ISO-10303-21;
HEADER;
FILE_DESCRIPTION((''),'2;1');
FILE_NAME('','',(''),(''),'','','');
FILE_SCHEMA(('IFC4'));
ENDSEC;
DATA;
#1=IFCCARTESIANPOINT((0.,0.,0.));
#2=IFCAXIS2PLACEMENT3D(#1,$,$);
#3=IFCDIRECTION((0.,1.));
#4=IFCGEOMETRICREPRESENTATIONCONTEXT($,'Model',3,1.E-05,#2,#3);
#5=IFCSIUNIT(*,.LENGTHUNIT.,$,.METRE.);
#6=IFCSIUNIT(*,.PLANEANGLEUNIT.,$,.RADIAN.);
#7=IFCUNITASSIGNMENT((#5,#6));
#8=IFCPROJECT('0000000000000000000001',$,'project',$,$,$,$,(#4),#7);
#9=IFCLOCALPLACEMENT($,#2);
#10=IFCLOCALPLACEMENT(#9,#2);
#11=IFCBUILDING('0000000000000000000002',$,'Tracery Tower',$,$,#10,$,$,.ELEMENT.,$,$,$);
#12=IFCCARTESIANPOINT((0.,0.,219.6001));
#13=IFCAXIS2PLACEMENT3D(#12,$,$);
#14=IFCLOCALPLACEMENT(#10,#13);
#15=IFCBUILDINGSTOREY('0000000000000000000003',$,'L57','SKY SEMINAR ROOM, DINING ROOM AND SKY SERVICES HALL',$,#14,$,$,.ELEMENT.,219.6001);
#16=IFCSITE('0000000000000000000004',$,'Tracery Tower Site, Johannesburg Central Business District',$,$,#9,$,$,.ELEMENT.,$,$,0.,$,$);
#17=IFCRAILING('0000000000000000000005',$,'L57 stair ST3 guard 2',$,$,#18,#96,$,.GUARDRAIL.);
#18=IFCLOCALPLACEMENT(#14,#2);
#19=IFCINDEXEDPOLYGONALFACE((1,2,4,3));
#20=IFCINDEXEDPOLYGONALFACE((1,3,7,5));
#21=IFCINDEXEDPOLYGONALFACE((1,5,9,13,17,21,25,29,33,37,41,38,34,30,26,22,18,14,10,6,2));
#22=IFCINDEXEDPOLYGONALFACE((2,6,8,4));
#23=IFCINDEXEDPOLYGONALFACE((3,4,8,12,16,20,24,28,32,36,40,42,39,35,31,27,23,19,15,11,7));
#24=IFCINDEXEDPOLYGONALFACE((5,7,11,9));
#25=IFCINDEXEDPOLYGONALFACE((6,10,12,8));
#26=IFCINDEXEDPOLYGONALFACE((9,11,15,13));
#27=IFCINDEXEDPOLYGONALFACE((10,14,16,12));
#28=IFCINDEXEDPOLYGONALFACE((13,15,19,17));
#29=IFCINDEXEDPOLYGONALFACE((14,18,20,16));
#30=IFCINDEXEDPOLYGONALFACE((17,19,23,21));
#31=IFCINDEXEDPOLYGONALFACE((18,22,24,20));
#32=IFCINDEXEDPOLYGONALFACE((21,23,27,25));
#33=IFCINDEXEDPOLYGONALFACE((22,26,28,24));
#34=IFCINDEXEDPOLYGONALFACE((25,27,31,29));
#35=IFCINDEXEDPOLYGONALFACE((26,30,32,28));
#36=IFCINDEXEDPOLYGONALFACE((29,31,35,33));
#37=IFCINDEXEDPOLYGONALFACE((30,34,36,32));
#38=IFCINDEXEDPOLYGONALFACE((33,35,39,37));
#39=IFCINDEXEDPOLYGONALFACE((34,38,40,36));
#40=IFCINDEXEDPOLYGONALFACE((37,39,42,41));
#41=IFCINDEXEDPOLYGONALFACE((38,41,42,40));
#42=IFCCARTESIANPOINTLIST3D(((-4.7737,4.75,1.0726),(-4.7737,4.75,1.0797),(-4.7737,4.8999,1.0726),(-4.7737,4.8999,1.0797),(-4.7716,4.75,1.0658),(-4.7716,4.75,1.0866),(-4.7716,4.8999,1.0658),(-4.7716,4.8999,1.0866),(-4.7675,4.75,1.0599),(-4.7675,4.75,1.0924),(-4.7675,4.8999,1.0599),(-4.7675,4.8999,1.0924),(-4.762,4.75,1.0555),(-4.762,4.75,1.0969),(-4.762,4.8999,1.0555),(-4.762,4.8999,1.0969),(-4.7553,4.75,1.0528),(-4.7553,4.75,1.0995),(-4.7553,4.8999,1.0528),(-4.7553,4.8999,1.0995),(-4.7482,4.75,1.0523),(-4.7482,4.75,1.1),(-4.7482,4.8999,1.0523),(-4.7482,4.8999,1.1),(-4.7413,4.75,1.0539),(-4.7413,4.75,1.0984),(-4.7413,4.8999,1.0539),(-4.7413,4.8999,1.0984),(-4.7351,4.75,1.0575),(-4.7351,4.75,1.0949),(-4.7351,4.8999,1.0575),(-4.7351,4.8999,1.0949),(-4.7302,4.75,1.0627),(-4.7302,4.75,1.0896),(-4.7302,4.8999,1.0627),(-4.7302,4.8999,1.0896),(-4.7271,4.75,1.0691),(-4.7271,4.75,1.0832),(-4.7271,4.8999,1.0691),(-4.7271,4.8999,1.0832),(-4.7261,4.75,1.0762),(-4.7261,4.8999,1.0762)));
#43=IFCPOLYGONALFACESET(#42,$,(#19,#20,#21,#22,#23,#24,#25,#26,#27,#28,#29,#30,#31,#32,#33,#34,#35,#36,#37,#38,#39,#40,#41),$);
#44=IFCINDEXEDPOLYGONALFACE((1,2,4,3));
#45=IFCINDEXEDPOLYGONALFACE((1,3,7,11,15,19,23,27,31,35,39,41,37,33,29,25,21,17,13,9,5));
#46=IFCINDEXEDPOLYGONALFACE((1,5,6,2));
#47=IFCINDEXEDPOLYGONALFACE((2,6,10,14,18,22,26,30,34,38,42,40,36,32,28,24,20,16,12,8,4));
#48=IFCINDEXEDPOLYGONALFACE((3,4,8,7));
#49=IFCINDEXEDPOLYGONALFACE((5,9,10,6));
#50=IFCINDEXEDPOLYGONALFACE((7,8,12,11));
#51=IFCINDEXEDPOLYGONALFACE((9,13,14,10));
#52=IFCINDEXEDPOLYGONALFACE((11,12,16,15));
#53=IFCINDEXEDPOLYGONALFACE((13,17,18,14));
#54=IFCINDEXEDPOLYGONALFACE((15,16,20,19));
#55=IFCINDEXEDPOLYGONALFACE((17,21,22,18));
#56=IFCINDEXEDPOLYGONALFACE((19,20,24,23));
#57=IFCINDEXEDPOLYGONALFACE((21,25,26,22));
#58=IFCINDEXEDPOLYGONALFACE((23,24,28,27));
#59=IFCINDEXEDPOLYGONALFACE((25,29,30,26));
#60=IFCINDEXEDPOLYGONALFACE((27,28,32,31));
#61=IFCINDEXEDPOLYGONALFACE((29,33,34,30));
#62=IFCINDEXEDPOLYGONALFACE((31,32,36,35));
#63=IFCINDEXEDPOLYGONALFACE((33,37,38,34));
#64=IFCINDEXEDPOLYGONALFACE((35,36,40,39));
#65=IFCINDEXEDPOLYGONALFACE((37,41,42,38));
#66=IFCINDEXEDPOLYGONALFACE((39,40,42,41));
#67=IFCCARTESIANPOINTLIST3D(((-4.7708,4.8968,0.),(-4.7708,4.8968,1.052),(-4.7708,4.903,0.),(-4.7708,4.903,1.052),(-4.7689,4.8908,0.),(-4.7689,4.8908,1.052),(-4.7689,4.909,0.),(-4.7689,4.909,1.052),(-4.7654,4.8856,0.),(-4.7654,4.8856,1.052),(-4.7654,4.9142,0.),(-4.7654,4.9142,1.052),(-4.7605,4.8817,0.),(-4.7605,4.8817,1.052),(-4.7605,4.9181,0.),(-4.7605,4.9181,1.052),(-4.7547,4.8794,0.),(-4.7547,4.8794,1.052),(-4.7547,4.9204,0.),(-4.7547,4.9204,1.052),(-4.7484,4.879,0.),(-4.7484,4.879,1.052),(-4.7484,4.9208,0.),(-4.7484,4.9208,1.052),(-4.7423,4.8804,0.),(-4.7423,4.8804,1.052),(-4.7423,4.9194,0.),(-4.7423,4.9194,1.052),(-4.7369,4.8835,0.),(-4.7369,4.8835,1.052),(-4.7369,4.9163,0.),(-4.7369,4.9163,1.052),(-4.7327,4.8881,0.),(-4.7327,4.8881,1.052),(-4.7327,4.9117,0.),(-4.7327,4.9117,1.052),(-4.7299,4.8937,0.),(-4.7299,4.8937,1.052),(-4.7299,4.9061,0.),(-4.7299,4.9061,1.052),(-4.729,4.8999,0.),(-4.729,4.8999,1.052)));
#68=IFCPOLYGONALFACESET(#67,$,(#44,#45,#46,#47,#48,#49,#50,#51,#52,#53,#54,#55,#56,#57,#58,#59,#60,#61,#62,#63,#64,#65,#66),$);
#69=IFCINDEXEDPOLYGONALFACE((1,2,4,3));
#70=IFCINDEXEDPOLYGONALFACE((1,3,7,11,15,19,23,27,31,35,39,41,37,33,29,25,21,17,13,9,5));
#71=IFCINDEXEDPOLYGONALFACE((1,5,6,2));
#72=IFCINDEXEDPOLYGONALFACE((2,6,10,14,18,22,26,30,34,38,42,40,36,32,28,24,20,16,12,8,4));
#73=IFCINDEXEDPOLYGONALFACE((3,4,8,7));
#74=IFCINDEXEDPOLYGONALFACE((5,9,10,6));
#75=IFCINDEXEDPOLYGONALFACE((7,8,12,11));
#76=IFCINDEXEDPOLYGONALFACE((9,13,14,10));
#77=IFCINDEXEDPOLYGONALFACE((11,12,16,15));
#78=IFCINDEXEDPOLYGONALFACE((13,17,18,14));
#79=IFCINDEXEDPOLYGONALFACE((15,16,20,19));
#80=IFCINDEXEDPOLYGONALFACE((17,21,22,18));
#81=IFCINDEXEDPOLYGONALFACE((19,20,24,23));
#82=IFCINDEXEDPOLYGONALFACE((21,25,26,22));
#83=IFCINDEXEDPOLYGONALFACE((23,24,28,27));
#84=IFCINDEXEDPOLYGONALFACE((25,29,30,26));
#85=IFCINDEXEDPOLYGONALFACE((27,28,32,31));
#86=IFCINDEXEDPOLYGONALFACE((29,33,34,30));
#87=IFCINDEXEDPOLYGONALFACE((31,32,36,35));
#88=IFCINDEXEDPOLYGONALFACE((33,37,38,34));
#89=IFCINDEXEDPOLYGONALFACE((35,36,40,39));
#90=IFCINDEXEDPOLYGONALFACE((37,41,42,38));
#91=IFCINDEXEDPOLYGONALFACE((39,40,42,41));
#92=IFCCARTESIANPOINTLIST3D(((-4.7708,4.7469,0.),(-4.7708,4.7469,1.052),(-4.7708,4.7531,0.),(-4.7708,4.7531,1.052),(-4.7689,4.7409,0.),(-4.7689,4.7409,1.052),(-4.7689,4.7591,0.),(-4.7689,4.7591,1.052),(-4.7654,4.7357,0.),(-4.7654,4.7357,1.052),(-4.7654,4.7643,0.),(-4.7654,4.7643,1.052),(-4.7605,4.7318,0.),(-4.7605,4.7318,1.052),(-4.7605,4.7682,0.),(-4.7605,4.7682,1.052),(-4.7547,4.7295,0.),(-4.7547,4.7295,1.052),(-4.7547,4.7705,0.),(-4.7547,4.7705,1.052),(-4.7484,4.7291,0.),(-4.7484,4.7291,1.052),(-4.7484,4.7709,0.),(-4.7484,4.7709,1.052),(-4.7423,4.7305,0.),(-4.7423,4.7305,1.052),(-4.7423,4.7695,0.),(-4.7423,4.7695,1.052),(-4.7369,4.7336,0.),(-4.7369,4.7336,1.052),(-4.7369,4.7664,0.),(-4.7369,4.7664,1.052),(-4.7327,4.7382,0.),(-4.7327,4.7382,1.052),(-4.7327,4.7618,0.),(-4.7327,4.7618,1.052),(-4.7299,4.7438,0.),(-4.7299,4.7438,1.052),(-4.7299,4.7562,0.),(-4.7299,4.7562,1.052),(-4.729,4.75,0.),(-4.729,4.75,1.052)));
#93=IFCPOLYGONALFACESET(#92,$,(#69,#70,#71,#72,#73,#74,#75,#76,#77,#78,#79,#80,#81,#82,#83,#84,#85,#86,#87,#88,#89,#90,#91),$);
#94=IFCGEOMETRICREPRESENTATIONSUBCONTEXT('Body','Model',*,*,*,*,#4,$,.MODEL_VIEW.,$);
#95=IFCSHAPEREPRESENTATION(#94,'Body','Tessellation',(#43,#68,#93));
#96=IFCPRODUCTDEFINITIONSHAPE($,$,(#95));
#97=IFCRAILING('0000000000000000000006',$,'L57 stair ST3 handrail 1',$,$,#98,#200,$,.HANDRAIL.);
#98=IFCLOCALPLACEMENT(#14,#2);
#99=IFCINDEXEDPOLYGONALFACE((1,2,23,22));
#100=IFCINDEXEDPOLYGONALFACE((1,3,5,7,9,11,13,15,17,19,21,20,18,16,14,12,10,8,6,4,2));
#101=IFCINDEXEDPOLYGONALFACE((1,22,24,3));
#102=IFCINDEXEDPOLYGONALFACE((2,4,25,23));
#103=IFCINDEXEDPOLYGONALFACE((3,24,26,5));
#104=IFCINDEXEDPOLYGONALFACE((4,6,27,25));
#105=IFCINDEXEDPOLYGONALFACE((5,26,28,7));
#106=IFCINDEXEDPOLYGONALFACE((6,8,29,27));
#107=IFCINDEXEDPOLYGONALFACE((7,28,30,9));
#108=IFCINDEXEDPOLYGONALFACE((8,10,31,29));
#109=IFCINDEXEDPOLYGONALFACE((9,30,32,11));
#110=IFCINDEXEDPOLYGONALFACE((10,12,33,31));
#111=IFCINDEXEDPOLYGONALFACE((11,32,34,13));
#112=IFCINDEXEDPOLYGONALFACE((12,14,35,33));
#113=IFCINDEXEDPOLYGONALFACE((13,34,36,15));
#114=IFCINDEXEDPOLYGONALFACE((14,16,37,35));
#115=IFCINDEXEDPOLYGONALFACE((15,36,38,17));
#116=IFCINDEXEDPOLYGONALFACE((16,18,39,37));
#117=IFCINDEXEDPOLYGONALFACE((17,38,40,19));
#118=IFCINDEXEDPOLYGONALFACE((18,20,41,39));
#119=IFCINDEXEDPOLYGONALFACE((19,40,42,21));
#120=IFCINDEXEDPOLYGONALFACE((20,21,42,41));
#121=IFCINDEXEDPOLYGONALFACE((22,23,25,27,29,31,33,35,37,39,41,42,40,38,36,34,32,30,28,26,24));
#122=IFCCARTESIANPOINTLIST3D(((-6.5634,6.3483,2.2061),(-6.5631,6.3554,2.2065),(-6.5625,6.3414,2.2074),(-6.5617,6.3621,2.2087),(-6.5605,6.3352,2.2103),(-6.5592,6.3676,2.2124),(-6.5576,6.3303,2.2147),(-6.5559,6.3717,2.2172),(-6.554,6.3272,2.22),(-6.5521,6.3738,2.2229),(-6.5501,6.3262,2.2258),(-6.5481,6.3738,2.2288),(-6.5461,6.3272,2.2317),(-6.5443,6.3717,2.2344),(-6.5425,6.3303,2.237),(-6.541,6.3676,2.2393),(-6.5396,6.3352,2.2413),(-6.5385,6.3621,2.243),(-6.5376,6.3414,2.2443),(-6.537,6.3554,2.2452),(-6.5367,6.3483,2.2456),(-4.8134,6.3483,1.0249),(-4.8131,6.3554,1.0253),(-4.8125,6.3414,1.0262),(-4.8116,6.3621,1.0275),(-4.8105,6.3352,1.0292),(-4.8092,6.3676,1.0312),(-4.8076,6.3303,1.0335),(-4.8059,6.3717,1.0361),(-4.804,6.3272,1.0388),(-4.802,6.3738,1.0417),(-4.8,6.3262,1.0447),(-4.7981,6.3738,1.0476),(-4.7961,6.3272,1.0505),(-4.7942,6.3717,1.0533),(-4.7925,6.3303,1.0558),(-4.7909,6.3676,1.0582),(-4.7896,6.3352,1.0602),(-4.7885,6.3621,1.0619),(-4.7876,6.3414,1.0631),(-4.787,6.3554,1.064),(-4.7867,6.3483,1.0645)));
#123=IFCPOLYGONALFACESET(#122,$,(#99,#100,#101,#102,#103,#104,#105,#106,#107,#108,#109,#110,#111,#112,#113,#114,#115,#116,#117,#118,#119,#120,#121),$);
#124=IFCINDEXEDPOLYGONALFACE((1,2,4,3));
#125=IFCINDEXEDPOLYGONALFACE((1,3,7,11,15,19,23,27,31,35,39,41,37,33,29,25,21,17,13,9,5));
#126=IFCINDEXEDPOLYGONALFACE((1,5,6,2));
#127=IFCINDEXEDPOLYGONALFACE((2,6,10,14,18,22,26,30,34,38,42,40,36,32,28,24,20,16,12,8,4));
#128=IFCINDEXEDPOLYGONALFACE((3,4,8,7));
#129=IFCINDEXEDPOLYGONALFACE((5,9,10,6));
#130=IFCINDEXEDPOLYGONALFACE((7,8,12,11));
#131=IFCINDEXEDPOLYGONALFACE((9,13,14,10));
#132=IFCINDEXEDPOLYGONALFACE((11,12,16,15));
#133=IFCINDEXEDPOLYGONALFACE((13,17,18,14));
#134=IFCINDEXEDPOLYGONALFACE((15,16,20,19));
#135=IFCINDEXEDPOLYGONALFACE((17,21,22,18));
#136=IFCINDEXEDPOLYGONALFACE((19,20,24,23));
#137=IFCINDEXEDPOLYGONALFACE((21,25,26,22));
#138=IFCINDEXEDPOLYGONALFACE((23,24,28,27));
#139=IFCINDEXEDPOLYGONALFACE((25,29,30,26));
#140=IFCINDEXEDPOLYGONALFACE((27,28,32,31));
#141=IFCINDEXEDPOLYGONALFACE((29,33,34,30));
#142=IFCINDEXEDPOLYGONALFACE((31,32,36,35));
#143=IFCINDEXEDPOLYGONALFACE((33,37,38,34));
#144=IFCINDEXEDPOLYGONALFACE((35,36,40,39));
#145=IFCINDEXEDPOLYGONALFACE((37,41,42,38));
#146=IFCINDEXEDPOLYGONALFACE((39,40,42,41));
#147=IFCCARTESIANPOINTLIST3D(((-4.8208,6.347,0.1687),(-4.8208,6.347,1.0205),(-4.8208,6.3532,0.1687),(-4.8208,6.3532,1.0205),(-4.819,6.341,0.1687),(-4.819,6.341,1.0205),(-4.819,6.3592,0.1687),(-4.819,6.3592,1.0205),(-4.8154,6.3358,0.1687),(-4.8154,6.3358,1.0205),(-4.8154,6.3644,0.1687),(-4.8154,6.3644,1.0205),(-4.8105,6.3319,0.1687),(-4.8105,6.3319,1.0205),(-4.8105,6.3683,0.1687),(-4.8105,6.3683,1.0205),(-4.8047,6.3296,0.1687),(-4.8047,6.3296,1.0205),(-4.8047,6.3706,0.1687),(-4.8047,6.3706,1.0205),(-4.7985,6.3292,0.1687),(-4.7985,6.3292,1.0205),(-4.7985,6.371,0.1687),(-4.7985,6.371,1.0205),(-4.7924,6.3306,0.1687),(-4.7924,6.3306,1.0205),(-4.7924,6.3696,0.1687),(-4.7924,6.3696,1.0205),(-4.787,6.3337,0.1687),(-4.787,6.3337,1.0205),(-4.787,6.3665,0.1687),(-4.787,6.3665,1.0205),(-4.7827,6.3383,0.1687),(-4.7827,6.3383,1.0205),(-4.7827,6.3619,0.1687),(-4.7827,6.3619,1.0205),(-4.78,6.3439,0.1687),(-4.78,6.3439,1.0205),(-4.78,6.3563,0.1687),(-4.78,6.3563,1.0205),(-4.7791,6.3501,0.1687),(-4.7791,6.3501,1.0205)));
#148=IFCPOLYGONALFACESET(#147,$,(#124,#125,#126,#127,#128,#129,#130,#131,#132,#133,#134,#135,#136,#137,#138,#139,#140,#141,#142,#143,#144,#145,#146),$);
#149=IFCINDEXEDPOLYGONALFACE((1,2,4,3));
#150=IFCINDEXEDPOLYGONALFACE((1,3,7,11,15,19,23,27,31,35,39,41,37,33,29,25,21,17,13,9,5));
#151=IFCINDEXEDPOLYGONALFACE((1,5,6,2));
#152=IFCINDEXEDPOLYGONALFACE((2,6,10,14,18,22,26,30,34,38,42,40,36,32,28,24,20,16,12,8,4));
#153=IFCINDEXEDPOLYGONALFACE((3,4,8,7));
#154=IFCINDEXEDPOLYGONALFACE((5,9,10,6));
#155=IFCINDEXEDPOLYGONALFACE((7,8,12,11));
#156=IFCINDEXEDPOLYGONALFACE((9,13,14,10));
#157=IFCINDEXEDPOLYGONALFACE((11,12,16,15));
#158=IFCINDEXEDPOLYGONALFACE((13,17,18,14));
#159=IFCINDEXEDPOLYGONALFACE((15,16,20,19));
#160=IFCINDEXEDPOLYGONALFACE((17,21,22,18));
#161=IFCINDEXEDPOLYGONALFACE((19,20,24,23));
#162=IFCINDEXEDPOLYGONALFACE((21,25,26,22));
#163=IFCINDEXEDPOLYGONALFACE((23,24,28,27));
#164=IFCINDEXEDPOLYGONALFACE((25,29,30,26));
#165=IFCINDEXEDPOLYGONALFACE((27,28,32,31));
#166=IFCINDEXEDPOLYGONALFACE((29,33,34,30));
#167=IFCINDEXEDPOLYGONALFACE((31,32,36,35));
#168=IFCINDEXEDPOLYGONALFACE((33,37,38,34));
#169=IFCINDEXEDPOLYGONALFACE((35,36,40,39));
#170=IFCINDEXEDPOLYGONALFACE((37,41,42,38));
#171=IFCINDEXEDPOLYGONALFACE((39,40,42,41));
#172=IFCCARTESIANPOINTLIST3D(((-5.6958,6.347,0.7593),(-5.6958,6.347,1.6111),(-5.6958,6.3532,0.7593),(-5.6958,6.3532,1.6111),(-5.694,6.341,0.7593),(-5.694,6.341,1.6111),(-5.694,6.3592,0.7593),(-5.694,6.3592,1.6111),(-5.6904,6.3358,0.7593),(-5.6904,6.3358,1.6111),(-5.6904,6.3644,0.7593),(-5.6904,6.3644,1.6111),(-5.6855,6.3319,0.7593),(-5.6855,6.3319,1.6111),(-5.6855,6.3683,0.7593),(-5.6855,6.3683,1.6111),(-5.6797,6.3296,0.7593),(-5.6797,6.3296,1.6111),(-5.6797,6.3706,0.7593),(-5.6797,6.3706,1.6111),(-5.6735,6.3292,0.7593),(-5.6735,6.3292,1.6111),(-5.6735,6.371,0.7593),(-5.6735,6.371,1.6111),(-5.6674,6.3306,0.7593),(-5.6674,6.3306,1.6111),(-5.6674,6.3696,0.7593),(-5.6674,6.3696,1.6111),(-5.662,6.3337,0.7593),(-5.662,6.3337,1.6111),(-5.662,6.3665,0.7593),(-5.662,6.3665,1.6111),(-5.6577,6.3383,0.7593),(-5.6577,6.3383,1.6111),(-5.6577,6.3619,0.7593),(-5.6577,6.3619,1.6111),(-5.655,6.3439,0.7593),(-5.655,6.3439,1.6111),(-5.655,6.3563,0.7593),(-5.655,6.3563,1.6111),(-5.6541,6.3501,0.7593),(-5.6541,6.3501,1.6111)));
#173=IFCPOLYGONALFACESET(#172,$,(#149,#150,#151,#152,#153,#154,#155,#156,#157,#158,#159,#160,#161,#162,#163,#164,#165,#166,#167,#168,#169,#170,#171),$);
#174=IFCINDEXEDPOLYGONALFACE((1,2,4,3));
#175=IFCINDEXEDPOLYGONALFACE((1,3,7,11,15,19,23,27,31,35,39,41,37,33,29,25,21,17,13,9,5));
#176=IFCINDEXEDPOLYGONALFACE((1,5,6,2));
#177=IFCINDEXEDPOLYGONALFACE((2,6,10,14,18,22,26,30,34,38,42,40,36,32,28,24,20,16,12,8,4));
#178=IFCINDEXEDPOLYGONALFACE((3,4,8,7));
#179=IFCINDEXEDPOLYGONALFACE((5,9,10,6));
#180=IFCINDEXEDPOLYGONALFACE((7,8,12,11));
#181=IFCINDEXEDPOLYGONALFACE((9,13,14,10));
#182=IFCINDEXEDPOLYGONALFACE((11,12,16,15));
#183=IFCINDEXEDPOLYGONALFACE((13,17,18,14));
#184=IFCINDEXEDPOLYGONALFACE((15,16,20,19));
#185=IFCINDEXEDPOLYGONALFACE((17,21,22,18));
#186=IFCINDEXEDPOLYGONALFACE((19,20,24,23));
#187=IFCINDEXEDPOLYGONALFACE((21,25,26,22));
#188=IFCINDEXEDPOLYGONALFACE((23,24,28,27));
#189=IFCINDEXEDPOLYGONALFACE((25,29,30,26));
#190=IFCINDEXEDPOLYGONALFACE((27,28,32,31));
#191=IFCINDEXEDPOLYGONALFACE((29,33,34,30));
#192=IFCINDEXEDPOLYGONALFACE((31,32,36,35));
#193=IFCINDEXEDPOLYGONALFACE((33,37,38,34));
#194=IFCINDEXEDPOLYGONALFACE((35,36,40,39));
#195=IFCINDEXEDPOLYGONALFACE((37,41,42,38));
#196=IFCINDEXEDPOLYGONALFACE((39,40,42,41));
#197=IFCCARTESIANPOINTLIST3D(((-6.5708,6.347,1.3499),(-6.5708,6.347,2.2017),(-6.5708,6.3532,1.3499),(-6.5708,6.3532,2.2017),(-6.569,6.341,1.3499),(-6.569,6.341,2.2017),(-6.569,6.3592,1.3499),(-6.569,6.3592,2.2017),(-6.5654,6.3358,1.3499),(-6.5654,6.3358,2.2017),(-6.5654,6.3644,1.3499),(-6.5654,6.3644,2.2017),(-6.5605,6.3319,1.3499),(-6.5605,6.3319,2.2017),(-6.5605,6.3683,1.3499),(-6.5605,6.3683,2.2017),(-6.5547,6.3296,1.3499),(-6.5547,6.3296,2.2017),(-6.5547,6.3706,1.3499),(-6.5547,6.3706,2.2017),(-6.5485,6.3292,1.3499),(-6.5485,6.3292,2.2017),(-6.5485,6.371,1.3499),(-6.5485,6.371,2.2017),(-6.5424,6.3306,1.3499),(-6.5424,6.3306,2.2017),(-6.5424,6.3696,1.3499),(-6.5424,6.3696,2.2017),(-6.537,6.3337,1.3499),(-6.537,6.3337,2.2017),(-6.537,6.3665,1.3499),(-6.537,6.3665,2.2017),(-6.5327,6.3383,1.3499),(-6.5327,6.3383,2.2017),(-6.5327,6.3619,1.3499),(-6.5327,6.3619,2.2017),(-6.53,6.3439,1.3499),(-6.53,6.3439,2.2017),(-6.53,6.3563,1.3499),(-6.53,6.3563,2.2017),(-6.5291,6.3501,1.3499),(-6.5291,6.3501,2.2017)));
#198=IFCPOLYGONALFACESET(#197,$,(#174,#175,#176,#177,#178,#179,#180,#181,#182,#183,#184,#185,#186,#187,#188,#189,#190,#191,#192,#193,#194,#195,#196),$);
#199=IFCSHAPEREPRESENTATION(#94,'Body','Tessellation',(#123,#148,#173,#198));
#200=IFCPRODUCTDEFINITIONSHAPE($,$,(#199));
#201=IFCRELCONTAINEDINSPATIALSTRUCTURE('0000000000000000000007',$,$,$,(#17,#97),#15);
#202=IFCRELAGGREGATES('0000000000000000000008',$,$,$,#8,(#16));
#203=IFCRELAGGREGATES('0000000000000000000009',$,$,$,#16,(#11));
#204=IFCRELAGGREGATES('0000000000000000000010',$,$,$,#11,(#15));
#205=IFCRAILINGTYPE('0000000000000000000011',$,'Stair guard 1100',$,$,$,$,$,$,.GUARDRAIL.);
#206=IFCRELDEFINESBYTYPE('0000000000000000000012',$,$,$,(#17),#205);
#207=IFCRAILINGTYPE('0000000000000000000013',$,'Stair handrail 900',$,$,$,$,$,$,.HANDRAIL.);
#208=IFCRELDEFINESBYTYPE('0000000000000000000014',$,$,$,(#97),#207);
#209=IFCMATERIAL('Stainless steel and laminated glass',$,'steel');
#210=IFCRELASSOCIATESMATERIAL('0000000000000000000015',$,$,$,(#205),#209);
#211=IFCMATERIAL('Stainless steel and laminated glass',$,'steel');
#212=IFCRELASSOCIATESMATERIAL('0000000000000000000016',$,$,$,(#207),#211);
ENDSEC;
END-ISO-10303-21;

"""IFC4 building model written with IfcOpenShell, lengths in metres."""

from ifc_helpers import new_model, si_unit, direction, frame, origin, origin_2d, place, context, subcontext, project, spatial, circle, extrude, material, type_object, element, save


model = new_model("IFC4")

# Units and contexts
model_context = context("Model", 3, precision=1e-05, world=origin(), true_north=direction((0.0, 1.0)))
body_context = subcontext(model_context, "Body", "Model", "MODEL_VIEW")
ifc_project = project(units=[si_unit("LENGTHUNIT", "METRE"), si_unit("PLANEANGLEUNIT", "RADIAN")], contexts=[model_context])

# Site, building, storey
site_placement = place(None, origin())
site = spatial("IfcSite", under=ifc_project, at=site_placement, Name="Tracery Tower Site, Johannesburg Central Business District", CompositionType="ELEMENT", RefElevation=0.0)
building_placement = place(site_placement, origin())
building = spatial("IfcBuilding", under=site, at=building_placement, Name="Tracery Tower", CompositionType="ELEMENT")
storey_placement = place(building_placement, frame((0.0, 0.0, 219.6001)))
storey = spatial("IfcBuildingStorey", under=building, at=storey_placement, Name="L57", Description="SKY SEMINAR ROOM, DINING ROOM AND SKY SERVICES HALL", CompositionType="ELEMENT", Elevation=219.6001)

# Railings
ifc_material_1 = material(Name="Stainless steel and laminated glass", Category="steel")
railing_type_1 = type_object("IfcRailingType", Name="Stair guard 1100", PredefinedType="GUARDRAIL", material=ifc_material_1)
railing_1_placement = place(storey_placement, frame((-4.75, 4.8999, 0.0)))
element("IfcRailing", 1, at=railing_1_placement, inside=storey, type_object=railing_type_1, Name="L57 stair ST3 guard 2", PredefinedType="GUARDRAIL", context=body_context, shape_type="SweptSolid", body=[
    extrude(circle(Radius=0.0239, at=origin_2d()), frame((0.0, 0.0, 1.0762), z_axis=(0.0, -1.0, 0.0), x_axis=(1.0, 0.0, 0.0)), (0.0, 0.0, 1.0), 0.1499),
    extrude(circle(Radius=0.021, at=origin_2d()), origin(), (0.0, 0.0, 1.0), 1.052),
    extrude(circle(Radius=0.021, at=origin_2d()), frame((0.0, -0.1499, 0.0)), (0.0, 0.0, 1.0), 1.052),
])
ifc_material_2 = material(Name="Stainless steel and laminated glass", Category="steel")
railing_type_2 = type_object("IfcRailingType", Name="Stair handrail 900", PredefinedType="HANDRAIL", material=ifc_material_2)
railing_2_placement = place(storey_placement, frame((-4.8, 6.3501, 0.1687)))
element("IfcRailing", 2, at=railing_2_placement, inside=storey, type_object=railing_type_2, Name="L57 stair ST3 handrail 1", PredefinedType="HANDRAIL", context=body_context, shape_type="SweptSolid", body=[
    extrude(circle(Radius=0.0239, at=origin_2d()), frame((0.0, 0.0, 0.876), z_axis=(-0.82887, 0.0, 0.559441), x_axis=(0.0, -1.0, 0.0)), (0.0, 0.0, 1.0), 2.1113),
    extrude(circle(Radius=0.021, at=origin_2d()), origin(), (0.0, 0.0, 1.0), 0.8518),
    extrude(circle(Radius=0.021, at=origin_2d()), frame((-0.875, 0.0, 0.5906)), (0.0, 0.0, 1.0), 0.8518),
    extrude(circle(Radius=0.021, at=origin_2d()), frame((-1.75, 0.0, 1.1812)), (0.0, 0.0, 1.0), 0.8518),
])

save(model, "model.ifc")
